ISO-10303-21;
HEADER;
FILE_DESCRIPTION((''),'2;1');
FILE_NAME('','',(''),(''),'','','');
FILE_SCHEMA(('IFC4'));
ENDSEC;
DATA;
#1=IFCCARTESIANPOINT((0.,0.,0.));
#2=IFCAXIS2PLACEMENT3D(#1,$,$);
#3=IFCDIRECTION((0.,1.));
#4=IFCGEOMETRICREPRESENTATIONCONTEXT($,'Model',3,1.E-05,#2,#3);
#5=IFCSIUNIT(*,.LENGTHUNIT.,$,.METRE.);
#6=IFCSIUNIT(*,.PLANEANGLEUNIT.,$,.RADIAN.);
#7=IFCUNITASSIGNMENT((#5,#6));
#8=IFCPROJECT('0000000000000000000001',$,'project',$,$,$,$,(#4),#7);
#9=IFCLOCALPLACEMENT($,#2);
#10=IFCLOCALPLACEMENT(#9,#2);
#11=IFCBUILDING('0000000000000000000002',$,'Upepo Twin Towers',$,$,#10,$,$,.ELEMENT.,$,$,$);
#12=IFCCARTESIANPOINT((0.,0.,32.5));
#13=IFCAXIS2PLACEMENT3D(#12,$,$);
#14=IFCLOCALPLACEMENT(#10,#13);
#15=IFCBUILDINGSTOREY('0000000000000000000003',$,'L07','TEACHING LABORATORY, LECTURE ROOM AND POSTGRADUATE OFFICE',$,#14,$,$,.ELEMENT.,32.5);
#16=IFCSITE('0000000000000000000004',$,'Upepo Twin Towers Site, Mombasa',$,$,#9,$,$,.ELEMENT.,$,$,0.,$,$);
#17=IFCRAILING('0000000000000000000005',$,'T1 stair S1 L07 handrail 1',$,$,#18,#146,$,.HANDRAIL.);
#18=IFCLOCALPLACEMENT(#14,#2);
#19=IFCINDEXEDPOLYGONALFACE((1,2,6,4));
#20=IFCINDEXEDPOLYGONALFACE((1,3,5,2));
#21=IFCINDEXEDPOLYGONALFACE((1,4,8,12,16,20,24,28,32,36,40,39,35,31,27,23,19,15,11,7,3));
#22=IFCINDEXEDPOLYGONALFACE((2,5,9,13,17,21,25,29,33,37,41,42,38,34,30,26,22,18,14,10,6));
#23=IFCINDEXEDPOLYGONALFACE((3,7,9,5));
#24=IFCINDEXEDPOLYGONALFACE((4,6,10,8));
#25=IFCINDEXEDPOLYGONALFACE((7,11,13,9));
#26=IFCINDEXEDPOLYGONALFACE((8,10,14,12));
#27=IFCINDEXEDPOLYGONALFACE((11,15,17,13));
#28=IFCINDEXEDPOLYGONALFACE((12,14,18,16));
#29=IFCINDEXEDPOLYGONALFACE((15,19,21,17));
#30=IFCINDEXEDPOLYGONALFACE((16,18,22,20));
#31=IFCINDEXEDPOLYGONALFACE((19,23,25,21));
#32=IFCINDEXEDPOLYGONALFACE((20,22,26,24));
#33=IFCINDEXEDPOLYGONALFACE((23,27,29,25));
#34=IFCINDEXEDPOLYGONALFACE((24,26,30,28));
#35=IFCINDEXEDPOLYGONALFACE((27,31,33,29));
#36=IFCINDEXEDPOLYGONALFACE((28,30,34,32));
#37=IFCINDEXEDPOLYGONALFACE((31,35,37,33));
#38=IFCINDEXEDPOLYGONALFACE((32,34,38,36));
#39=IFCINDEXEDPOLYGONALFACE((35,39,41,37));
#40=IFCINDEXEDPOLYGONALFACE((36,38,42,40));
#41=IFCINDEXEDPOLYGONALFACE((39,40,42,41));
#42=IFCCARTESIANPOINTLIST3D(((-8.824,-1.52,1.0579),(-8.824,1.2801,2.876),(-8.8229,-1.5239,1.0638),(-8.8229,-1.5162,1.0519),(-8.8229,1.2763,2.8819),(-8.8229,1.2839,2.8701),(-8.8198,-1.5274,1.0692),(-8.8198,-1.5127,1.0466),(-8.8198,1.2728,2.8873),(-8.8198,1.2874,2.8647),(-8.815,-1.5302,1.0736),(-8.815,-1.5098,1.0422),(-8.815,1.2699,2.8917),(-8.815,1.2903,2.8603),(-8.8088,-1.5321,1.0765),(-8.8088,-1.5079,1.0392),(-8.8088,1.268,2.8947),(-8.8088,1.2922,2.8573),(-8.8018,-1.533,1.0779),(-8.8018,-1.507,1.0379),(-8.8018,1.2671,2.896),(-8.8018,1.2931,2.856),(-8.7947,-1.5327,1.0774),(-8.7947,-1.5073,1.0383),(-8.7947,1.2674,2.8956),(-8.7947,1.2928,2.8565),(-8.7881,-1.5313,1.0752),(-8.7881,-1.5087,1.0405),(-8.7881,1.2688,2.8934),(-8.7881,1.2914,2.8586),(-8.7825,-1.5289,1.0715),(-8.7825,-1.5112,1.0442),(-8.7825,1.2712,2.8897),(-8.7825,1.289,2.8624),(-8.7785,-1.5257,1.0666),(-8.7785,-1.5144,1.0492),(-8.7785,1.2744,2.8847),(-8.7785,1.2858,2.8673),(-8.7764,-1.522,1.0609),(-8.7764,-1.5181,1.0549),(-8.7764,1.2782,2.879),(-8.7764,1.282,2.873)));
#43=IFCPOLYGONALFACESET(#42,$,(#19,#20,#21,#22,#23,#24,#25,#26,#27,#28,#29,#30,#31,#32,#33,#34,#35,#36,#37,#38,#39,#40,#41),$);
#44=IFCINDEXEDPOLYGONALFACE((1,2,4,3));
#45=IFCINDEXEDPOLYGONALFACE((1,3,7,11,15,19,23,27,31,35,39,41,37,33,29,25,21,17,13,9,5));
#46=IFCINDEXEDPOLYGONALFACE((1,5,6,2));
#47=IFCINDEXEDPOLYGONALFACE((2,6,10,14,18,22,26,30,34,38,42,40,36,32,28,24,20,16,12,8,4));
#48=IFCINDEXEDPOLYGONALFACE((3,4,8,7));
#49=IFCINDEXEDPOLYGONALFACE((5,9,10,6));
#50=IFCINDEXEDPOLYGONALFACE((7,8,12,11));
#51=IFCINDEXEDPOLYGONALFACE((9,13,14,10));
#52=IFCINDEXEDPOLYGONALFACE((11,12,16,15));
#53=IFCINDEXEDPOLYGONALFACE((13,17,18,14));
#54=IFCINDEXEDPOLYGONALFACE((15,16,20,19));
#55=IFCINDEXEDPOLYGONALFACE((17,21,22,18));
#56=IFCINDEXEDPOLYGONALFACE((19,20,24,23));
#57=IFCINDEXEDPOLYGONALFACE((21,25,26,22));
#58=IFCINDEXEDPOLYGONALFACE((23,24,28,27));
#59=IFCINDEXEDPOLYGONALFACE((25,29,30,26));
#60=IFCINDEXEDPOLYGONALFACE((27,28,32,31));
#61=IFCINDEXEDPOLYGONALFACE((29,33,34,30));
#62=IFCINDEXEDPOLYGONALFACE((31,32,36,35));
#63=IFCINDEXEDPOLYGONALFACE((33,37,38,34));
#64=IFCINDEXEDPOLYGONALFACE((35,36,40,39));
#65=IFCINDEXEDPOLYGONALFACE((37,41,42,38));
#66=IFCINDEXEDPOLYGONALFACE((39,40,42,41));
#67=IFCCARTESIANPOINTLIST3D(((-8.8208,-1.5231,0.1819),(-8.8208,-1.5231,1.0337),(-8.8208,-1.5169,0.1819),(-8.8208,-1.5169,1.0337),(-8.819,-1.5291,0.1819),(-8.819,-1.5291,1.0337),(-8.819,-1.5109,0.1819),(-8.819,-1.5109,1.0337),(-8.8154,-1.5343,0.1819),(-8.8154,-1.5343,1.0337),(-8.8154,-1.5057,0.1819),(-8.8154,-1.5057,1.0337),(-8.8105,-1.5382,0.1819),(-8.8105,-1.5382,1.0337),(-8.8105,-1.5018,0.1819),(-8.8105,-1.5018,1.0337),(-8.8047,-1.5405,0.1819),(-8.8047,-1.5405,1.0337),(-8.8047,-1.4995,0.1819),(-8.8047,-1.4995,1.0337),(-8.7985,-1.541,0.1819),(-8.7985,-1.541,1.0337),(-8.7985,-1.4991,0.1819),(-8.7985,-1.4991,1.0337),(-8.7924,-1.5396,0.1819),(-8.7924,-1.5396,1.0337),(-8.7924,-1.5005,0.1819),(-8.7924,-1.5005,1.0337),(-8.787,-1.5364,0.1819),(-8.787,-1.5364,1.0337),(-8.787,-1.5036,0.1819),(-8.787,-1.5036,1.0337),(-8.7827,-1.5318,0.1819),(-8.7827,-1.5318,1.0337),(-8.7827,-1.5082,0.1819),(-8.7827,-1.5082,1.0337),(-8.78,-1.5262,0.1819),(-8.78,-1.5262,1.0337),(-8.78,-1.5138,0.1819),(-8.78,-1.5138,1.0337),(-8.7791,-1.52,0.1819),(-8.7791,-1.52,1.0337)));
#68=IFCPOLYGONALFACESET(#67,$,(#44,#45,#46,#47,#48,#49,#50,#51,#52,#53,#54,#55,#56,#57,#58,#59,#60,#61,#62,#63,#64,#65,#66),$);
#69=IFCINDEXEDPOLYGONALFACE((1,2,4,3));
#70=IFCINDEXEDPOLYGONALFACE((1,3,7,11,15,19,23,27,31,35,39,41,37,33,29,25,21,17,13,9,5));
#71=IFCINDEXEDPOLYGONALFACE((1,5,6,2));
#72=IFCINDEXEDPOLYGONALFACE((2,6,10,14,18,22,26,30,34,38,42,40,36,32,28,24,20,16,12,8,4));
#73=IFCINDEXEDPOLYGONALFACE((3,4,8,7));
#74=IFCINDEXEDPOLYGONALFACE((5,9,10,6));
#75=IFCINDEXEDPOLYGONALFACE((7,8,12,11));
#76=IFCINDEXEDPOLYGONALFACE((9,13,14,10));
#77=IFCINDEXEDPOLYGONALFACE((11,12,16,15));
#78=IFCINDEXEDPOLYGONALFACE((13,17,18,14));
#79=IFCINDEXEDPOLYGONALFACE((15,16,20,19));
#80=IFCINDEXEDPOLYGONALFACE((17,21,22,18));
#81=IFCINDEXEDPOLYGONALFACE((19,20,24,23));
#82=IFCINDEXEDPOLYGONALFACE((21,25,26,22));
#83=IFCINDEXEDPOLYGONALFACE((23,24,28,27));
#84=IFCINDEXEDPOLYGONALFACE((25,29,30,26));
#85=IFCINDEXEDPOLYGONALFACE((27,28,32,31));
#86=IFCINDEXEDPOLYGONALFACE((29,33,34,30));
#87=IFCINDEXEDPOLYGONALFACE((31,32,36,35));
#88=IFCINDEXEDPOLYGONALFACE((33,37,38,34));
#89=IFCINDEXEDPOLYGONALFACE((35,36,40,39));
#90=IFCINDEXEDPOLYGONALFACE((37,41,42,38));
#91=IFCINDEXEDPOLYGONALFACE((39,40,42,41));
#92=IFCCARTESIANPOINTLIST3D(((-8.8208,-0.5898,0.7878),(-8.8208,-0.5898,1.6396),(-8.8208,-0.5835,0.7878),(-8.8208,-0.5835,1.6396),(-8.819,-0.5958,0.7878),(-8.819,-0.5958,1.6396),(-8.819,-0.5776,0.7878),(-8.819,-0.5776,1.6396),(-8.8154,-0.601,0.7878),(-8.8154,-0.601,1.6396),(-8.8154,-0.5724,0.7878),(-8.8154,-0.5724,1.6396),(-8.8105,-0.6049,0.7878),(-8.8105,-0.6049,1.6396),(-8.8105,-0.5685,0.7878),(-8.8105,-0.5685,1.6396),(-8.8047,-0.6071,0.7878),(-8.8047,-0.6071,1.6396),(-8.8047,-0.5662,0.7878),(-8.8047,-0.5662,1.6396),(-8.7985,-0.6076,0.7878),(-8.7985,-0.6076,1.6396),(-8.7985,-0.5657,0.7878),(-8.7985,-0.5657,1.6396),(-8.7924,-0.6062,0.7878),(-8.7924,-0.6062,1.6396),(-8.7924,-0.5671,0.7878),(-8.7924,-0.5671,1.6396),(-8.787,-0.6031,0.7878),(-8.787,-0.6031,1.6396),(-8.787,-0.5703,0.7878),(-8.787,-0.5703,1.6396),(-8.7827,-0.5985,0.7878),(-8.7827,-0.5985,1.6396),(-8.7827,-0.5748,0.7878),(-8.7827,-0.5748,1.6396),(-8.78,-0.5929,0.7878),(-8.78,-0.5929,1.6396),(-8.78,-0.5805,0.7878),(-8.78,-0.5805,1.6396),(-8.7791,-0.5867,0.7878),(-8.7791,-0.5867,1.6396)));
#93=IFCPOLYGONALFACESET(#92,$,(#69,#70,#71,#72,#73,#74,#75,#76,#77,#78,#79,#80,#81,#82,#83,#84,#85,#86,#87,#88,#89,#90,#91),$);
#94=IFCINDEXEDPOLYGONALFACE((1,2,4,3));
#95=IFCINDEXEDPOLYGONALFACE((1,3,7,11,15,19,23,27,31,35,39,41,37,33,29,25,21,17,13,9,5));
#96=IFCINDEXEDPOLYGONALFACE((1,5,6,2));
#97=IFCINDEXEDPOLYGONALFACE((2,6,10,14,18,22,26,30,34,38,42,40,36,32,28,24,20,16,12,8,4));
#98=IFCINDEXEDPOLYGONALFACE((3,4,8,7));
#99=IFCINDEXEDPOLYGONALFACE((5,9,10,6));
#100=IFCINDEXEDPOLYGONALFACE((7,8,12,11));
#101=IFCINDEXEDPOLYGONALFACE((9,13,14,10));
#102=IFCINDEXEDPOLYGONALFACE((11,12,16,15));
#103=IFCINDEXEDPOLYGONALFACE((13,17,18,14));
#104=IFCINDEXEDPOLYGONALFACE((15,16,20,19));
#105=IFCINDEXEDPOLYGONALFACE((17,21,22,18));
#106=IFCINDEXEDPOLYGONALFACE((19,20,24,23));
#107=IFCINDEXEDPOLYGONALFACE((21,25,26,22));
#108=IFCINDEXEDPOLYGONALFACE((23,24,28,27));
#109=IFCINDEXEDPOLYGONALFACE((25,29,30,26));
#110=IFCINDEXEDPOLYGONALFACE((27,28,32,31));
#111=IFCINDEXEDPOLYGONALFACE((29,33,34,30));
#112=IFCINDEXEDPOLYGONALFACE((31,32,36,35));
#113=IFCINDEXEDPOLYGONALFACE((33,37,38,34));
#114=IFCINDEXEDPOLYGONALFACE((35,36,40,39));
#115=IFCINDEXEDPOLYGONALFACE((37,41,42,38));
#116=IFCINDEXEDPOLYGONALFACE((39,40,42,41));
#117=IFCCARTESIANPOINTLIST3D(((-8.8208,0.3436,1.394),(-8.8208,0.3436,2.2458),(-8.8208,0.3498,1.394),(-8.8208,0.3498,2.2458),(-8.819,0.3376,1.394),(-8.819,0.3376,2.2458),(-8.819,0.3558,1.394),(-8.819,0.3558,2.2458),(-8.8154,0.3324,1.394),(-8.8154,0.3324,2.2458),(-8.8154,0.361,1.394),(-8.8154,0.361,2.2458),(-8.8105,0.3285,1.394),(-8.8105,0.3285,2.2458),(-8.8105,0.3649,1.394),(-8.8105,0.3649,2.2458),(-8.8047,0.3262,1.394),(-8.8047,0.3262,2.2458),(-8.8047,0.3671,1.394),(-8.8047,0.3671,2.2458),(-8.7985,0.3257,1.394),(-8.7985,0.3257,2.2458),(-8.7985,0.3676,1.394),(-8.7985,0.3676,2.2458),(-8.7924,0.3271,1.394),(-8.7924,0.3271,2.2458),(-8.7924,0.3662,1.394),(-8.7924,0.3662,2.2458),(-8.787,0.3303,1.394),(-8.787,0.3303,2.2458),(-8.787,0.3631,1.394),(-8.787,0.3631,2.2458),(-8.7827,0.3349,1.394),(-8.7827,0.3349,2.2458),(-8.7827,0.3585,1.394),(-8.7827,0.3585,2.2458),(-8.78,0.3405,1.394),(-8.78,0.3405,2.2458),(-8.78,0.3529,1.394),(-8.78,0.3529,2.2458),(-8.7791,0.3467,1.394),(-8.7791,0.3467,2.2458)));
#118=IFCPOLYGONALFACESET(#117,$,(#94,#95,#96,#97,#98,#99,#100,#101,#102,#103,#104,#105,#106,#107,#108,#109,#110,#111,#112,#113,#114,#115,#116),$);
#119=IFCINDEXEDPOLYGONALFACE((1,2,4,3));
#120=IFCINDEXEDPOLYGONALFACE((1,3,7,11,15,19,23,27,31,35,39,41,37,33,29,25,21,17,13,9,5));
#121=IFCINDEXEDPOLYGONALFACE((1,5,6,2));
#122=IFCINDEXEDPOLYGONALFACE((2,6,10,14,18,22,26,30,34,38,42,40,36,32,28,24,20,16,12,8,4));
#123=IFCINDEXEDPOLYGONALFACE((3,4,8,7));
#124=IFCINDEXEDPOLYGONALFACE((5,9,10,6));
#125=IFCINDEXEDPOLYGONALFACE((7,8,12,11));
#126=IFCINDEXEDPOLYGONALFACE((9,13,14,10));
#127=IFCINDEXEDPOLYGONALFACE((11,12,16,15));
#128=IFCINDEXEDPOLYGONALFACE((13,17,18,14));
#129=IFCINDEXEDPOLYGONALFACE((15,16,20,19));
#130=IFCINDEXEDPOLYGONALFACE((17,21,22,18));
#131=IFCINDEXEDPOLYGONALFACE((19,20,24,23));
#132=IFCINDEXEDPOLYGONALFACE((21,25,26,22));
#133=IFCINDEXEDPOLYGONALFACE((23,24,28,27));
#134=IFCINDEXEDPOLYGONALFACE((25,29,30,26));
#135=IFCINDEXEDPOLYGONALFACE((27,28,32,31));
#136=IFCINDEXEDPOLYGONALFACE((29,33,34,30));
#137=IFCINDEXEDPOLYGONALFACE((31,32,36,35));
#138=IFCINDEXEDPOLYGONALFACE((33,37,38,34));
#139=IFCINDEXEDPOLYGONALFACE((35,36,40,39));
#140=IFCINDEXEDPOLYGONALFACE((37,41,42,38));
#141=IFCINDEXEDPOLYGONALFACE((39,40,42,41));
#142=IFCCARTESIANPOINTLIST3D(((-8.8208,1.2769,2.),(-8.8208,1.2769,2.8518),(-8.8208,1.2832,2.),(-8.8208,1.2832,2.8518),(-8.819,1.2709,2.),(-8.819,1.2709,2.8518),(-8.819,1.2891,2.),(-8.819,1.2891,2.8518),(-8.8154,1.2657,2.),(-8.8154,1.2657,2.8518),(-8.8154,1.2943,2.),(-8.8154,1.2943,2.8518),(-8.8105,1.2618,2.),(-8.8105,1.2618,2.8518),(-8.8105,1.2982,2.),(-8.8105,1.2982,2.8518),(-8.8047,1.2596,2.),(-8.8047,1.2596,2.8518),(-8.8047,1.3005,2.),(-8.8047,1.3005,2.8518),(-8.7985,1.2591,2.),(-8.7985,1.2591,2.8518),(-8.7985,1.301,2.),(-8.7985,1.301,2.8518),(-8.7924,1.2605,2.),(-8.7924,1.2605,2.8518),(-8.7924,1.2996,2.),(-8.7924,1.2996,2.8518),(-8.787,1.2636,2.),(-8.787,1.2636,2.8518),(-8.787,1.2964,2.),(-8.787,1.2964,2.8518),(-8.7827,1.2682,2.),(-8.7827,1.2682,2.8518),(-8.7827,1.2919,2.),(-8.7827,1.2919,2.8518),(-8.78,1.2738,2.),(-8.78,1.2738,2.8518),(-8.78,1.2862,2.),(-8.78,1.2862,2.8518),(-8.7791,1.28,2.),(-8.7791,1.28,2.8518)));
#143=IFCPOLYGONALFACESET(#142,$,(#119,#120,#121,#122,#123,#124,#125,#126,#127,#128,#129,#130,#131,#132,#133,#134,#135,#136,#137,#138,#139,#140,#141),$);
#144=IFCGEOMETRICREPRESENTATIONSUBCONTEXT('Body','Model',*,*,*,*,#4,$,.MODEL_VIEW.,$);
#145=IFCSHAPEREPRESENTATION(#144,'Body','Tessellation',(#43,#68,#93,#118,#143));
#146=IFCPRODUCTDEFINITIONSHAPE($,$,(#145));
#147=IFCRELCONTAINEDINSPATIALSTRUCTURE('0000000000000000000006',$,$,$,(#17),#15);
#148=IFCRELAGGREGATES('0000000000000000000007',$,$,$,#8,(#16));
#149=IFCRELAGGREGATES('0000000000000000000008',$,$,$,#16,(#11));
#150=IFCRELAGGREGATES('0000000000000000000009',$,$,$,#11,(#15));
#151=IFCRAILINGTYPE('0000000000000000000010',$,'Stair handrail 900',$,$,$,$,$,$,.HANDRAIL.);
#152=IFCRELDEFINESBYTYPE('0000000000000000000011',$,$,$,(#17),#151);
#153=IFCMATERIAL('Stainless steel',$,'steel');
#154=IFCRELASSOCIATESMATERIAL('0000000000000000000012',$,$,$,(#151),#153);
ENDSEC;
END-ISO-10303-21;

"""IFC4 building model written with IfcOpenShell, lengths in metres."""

from ifc_helpers import new_model, si_unit, direction, frame, origin, origin_2d, place, context, subcontext, project, spatial, circle, extrude, material, type_object, element, save


model = new_model("IFC4")

# Units and contexts
model_context = context("Model", 3, precision=1e-05, world=origin(), true_north=direction((0.0, 1.0)))
body_context = subcontext(model_context, "Body", "Model", "MODEL_VIEW")
ifc_project = project(units=[si_unit("LENGTHUNIT", "METRE"), si_unit("PLANEANGLEUNIT", "RADIAN")], contexts=[model_context])

# Site, building, storey
site_placement = place(None, origin())
site = spatial("IfcSite", under=ifc_project, at=site_placement, Name="Upepo Twin Towers Site, Mombasa", CompositionType="ELEMENT", RefElevation=0.0)
building_placement = place(site_placement, origin())
building = spatial("IfcBuilding", under=site, at=building_placement, Name="Upepo Twin Towers", CompositionType="ELEMENT")
storey_placement = place(building_placement, frame((0.0, 0.0, 32.5)))
storey = spatial("IfcBuildingStorey", under=building, at=storey_placement, Name="L07", Description="TEACHING LABORATORY, LECTURE ROOM AND POSTGRADUATE OFFICE", CompositionType="ELEMENT", Elevation=32.5)

# Railing
ifc_material_1 = material(Name="Stainless steel", Category="steel")
railing_type = type_object("IfcRailingType", Name="Stair handrail 900", PredefinedType="HANDRAIL", material=ifc_material_1)
railing_placement = place(storey_placement, frame((-8.8, -1.52, 0.1819)))
element("IfcRailing", 1, at=railing_placement, inside=storey, type_object=railing_type, Name="T1 stair S1 L07 handrail 1", PredefinedType="HANDRAIL", context=body_context, shape_type="SweptSolid", body=[
    extrude(circle(Radius=0.0239, at=origin_2d()), frame((0.0, 0.0, 0.876), z_axis=(0.0, 0.838706, 0.544585), x_axis=(-1.0, 0.0, 0.0)), (0.0, 0.0, 1.0), 3.3386),
    extrude(circle(Radius=0.021, at=origin_2d()), origin(), (0.0, 0.0, 1.0), 0.8518),
    extrude(circle(Radius=0.021, at=origin_2d()), frame((0.0, 0.9333, 0.606)), (0.0, 0.0, 1.0), 0.8518),
    extrude(circle(Radius=0.021, at=origin_2d()), frame((0.0, 1.8667, 1.2122)), (0.0, 0.0, 1.0), 0.8518),
    extrude(circle(Radius=0.021, at=origin_2d()), frame((0.0, 2.8, 1.8181)), (0.0, 0.0, 1.0), 0.8518),
])

save(model, "model.ifc")
